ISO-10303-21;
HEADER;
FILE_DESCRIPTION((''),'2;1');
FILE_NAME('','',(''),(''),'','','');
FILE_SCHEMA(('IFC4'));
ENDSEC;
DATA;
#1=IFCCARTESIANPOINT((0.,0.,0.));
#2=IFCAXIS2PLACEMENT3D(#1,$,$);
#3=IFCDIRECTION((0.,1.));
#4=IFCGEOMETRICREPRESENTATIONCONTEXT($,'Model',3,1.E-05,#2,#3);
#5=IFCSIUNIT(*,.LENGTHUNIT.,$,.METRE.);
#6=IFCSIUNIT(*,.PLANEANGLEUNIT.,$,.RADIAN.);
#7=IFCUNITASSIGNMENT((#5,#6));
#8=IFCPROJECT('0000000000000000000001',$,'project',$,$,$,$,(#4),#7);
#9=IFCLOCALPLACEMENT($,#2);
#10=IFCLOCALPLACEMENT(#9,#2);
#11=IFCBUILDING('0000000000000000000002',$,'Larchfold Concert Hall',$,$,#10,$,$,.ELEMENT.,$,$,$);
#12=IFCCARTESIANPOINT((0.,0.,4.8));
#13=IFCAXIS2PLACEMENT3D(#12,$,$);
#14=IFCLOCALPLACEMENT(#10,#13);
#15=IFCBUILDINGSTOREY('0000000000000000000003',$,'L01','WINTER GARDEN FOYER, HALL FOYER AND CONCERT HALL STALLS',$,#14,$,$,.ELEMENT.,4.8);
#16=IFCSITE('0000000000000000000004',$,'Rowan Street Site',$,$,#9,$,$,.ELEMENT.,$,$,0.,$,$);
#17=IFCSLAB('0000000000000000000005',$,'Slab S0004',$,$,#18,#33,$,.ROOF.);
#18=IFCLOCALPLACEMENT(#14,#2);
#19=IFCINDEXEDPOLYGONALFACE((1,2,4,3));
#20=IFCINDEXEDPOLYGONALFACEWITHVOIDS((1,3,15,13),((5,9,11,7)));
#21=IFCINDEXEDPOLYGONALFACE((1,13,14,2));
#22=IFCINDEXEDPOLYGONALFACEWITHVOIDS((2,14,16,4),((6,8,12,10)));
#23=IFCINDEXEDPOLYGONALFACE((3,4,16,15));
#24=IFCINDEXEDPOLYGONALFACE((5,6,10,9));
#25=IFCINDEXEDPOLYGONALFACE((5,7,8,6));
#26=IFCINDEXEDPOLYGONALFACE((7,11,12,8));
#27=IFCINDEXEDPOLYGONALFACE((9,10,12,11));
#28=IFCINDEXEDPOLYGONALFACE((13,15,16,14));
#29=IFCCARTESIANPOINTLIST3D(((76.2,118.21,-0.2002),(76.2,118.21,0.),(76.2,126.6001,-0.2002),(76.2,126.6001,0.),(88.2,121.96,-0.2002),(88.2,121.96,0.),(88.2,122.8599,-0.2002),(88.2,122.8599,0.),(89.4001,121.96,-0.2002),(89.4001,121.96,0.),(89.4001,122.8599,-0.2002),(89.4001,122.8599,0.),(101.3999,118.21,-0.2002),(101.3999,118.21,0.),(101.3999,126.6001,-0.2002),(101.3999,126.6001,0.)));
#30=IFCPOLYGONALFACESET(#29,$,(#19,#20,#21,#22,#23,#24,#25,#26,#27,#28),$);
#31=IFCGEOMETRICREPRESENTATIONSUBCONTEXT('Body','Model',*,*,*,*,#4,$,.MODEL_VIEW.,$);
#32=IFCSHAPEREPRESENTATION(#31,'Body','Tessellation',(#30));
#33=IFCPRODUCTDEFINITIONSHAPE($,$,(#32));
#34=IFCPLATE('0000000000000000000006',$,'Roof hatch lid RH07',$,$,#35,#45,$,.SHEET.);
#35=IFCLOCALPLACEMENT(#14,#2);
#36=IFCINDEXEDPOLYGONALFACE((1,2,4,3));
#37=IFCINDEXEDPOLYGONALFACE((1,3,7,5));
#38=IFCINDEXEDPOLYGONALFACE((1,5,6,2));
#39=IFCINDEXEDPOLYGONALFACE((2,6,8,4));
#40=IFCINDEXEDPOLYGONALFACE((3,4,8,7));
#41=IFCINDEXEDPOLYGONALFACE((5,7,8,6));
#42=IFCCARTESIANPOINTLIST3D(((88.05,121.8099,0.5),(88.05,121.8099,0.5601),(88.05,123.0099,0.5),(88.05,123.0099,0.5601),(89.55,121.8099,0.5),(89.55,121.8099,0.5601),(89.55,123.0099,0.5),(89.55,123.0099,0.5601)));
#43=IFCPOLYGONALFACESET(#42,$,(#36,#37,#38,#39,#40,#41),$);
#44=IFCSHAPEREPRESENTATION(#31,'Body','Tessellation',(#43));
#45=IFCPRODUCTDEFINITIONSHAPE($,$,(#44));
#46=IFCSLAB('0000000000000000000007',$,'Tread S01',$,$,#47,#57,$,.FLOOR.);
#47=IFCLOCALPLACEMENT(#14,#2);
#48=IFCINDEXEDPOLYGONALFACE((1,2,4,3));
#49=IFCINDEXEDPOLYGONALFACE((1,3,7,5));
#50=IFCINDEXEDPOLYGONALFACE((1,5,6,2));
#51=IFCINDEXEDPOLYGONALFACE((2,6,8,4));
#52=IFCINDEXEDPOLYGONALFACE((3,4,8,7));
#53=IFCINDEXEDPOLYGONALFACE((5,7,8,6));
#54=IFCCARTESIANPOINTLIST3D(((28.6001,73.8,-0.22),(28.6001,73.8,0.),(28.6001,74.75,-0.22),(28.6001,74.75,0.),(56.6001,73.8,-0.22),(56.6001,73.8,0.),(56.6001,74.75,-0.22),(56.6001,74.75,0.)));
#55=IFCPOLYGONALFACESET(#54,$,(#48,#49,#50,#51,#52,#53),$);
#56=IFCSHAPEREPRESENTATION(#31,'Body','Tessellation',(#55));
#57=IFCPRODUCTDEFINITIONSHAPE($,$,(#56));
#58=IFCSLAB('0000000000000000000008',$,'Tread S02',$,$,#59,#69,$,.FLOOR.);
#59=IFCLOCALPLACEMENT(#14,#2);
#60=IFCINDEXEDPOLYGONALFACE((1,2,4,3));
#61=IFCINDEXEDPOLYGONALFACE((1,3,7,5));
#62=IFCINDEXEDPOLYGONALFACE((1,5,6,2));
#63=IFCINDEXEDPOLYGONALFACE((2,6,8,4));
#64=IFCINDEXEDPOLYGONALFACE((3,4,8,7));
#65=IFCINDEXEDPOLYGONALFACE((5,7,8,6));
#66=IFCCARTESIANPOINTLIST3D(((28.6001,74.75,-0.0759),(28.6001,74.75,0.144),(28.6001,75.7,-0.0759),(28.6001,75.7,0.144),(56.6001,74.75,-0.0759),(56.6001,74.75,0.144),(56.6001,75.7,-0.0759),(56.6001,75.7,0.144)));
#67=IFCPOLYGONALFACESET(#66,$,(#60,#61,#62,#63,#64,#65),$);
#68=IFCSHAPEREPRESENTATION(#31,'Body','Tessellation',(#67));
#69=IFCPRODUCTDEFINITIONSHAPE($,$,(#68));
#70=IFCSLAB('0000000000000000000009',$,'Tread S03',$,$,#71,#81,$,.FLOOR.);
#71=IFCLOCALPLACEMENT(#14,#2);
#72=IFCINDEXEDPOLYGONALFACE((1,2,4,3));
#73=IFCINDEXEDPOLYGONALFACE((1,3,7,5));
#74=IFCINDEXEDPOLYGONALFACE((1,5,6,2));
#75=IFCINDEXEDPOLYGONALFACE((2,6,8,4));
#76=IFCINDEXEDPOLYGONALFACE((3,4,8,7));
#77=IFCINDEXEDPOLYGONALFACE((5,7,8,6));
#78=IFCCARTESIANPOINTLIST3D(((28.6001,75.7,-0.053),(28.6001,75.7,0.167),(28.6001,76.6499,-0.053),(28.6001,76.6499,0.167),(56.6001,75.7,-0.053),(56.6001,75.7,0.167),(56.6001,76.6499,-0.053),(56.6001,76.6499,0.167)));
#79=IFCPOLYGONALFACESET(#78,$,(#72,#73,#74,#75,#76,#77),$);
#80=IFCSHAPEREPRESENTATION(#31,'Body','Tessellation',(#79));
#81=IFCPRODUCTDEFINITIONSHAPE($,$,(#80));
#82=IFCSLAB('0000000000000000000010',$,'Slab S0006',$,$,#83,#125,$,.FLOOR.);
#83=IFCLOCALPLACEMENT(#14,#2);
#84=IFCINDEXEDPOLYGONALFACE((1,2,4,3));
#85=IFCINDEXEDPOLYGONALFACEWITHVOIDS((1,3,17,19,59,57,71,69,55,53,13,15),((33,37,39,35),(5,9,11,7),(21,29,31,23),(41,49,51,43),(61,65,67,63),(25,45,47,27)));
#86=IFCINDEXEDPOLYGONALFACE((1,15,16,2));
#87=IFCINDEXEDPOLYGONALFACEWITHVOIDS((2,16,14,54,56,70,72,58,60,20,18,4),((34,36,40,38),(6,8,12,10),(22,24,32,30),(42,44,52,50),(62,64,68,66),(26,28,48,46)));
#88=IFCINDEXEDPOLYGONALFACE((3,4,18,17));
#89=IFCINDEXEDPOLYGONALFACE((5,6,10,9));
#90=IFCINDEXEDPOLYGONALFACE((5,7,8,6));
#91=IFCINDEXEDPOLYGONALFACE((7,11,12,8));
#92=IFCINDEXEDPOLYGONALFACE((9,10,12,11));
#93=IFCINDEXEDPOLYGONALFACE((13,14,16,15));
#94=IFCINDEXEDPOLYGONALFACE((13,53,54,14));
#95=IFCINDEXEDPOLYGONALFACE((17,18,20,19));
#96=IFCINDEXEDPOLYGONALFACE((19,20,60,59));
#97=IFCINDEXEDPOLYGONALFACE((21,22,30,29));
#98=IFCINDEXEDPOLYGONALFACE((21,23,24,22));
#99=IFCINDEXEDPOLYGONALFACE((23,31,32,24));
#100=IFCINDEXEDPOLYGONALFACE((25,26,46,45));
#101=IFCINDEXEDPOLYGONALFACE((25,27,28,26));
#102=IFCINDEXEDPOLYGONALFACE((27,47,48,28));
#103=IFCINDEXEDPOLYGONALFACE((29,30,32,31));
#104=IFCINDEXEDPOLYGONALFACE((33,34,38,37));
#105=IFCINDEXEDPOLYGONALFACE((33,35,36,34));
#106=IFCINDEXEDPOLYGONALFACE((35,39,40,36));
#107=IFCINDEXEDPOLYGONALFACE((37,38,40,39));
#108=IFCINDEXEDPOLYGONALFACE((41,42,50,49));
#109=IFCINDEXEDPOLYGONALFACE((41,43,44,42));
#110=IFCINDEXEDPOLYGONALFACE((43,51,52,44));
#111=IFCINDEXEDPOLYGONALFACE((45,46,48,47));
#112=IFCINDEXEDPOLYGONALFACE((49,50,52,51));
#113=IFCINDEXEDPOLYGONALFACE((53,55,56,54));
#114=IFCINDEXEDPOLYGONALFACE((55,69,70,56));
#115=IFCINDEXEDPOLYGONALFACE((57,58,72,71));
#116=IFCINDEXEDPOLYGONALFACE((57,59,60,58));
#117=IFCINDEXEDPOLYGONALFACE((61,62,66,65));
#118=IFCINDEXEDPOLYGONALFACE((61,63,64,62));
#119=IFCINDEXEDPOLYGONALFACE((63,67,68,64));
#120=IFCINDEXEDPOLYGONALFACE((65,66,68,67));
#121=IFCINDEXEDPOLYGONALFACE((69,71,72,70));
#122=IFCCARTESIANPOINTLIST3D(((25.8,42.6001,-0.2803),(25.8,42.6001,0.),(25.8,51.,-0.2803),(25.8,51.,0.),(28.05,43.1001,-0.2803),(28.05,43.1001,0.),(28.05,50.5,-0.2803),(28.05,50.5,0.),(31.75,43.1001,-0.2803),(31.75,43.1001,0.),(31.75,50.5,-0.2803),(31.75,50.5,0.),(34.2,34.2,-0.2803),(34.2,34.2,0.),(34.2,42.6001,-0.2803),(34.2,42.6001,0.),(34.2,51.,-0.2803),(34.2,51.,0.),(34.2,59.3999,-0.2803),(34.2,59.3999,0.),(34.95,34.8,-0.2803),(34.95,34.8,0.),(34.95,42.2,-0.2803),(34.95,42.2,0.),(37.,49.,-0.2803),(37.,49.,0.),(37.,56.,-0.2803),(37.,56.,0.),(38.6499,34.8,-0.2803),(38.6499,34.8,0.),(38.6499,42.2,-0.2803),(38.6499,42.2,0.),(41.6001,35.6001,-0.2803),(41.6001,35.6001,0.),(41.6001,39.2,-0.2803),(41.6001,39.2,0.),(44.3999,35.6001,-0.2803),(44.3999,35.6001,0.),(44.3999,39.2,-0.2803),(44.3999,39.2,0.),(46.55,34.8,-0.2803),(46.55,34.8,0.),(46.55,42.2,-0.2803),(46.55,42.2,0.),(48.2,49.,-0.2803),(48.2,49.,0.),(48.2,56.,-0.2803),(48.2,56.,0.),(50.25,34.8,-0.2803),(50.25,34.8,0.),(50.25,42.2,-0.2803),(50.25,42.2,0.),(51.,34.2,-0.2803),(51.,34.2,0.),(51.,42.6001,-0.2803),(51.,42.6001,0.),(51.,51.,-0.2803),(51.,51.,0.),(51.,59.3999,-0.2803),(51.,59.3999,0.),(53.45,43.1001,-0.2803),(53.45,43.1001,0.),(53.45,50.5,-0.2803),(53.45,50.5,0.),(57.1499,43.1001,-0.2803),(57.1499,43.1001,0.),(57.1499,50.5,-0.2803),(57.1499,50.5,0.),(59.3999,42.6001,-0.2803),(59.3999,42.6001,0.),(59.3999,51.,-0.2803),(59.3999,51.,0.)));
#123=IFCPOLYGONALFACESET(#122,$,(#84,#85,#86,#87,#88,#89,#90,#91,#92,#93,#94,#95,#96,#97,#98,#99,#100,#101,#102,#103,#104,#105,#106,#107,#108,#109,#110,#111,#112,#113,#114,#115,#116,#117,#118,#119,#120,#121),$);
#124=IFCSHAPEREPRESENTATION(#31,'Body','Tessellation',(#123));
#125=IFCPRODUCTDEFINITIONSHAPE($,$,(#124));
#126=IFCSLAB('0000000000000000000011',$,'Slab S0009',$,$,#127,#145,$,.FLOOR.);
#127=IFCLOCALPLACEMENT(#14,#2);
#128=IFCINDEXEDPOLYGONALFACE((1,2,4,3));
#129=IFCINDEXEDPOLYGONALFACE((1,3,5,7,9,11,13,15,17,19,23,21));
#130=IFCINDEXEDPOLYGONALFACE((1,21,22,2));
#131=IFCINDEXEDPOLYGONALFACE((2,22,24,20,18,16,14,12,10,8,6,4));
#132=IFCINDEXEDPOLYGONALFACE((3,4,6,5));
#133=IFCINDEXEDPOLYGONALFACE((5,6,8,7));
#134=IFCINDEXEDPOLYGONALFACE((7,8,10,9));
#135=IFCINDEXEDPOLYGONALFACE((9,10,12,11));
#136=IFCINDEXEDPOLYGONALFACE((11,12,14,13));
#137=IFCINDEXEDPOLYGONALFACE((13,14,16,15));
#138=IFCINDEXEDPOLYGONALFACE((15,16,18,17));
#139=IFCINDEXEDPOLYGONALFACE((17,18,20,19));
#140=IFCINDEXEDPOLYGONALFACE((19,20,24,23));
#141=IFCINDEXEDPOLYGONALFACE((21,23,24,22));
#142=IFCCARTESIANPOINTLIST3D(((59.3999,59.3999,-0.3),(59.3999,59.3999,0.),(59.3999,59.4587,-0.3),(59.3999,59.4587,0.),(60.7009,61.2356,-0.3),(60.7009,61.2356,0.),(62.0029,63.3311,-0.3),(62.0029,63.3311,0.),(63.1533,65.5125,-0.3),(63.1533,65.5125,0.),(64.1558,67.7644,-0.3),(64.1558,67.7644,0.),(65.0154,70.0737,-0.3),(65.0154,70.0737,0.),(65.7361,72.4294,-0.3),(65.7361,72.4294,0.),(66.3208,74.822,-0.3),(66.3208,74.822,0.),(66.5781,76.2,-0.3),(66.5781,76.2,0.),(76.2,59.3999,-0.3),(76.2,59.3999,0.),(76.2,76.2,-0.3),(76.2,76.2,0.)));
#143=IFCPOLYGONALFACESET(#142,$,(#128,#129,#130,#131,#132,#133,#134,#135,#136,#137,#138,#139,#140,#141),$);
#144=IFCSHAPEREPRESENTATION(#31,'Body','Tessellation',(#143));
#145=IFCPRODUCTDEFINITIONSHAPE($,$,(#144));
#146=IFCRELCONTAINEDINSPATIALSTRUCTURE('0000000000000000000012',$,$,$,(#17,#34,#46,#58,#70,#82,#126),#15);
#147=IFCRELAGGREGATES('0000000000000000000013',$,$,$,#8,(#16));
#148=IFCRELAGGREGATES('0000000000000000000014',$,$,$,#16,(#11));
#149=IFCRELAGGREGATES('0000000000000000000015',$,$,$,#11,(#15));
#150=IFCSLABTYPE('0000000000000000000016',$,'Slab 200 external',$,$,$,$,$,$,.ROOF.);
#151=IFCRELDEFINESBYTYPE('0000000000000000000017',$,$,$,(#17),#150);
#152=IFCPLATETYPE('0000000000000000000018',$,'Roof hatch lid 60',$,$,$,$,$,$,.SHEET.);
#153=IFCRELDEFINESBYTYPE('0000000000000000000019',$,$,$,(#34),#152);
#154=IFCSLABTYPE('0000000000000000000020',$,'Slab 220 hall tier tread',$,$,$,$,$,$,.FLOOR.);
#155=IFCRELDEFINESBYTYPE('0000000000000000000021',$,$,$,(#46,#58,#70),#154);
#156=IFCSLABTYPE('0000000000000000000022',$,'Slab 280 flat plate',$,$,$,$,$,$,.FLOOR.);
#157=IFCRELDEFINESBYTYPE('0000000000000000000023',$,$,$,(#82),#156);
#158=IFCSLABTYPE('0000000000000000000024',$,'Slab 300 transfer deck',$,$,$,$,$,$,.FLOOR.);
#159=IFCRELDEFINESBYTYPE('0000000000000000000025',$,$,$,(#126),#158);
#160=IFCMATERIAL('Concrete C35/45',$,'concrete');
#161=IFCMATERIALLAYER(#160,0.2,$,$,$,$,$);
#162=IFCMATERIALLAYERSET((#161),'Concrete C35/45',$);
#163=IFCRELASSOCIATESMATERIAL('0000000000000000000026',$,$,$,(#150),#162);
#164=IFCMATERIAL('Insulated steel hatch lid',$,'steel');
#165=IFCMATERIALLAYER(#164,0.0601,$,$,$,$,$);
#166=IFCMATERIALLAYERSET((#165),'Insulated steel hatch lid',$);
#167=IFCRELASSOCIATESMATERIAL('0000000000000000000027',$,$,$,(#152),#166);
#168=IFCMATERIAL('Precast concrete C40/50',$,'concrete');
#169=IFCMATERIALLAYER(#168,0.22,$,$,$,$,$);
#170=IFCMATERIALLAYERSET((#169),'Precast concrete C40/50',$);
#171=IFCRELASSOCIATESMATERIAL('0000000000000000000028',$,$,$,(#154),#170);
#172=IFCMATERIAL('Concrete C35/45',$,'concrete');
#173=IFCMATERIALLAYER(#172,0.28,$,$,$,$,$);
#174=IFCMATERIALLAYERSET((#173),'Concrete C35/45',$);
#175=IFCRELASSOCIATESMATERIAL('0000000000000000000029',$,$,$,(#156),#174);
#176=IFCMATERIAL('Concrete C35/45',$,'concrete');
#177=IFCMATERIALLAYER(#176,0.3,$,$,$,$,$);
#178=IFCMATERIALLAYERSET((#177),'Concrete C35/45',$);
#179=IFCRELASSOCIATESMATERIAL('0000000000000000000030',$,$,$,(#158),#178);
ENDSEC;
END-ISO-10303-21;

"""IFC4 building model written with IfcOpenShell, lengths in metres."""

from ifc_helpers import new_model, si_unit, direction, frame, origin, origin_2d, place, context, subcontext, project, spatial, polyline, rectangle, outline, extrude, material, layer, layer_set, type_object, element, fill, save


model = new_model("IFC4")

# Units and contexts
model_context = context("Model", 3, precision=1e-05, world=origin(), true_north=direction((0.0, 1.0)))
body_context = subcontext(model_context, "Body", "Model", "MODEL_VIEW")
ifc_project = project(units=[si_unit("LENGTHUNIT", "METRE"), si_unit("PLANEANGLEUNIT", "RADIAN")], contexts=[model_context])

# Site, building, storey
site_placement = place(None, origin())
site = spatial("IfcSite", under=ifc_project, at=site_placement, Name="Rowan Street Site", CompositionType="ELEMENT", RefElevation=0.0)
building_placement = place(site_placement, origin())
building = spatial("IfcBuilding", under=site, at=building_placement, Name="Larchfold Concert Hall", CompositionType="ELEMENT")
storey_placement = place(building_placement, frame((0.0, 0.0, 4.8)))
storey = spatial("IfcBuildingStorey", under=building, at=storey_placement, Name="L01", Description="WINTER GARDEN FOYER, HALL FOYER AND CONCERT HALL STALLS", CompositionType="ELEMENT", Elevation=4.8)

# Slab, opening, plate
ifc_material_1 = material(Name="Concrete C35/45", Category="concrete")
ifc_layer_1 = layer(ifc_material_1, 0.2)
ifc_layer_set_1 = layer_set([ifc_layer_1], Name="Concrete C35/45")
slab_type_1 = type_object("IfcSlabType", Name="Slab 200 external", PredefinedType="ROOF", material=ifc_layer_set_1)
slab_1_placement = place(storey_placement, frame((0.0, 0.0, -0.2002)))
slab_1 = element("IfcSlab", 1, at=slab_1_placement, inside=storey, type_object=slab_type_1, Name="Slab S0004", PredefinedType="ROOF", context=body_context, shape_type="SweptSolid", body=[
    extrude(outline(polyline([(76.2, 126.6001), (76.2, 118.21), (101.3999, 118.21), (101.3999, 126.6001), (76.2, 126.6001)])), origin(), (0.0, 0.0, 1.0), 0.2002),
])
opening_placement = place(storey_placement, frame((0.0, 0.0, -0.2102)))
opening = element("IfcOpeningElement", 2, at=opening_placement, cuts=slab_1, PredefinedType="OPENING", context=body_context, shape_type="SweptSolid", body=[
    extrude(outline(polyline([(89.4001, 121.96), (89.4001, 122.8599), (88.2, 122.8599), (88.2, 121.96), (89.4001, 121.96)])), origin(), (0.0, 0.0, 1.0), 0.2202),
])
ifc_material_2 = material(Name="Insulated steel hatch lid", Category="steel")
ifc_layer_2 = layer(ifc_material_2, 0.0601)
ifc_layer_set_2 = layer_set([ifc_layer_2], Name="Insulated steel hatch lid")
plate_type = type_object("IfcPlateType", Name="Roof hatch lid 60", PredefinedType="SHEET", material=ifc_layer_set_2)
plate_placement = place(storey_placement, frame((88.8, 122.4099, 0.5), z_axis=(0.0, 0.0, 1.0), x_axis=(1.0, 0.0, 0.0)))
plate = element("IfcPlate", 3, at=plate_placement, inside=storey, type_object=plate_type, Name="Roof hatch lid RH07", PredefinedType="SHEET", context=body_context, shape_type="SweptSolid", body=[
    extrude(rectangle(XDim=1.5, YDim=1.2, at=origin_2d()), origin(), (0.0, 0.0, 1.0), 0.0601),
])
fill(opening, plate)

# Slabs
ifc_material_3 = material(Name="Precast concrete C40/50", Category="concrete")
ifc_layer_3 = layer(ifc_material_3, 0.22)
ifc_layer_set_3 = layer_set([ifc_layer_3], Name="Precast concrete C40/50")
slab_type_2 = type_object("IfcSlabType", Name="Slab 220 hall tier tread", PredefinedType="FLOOR", material=ifc_layer_set_3)
slab_2_placement = place(storey_placement, frame((0.0, 0.0, -0.22)))
element("IfcSlab", 4, at=slab_2_placement, inside=storey, type_object=slab_type_2, Name="Tread S01", PredefinedType="FLOOR", context=body_context, shape_type="SweptSolid", body=[
    extrude(outline(polyline([(56.6001, 74.75), (28.6001, 74.75), (28.6001, 73.8), (56.6001, 73.8), (56.6001, 74.75)])), origin(), (0.0, 0.0, 1.0), 0.22),
])
slab_3_placement = place(storey_placement, frame((0.0, 0.0, -0.0759)))
element("IfcSlab", 5, at=slab_3_placement, inside=storey, type_object=slab_type_2, Name="Tread S02", PredefinedType="FLOOR", context=body_context, shape_type="SweptSolid", body=[
    extrude(outline(polyline([(56.6001, 75.7), (28.6001, 75.7), (28.6001, 74.75), (56.6001, 74.75), (56.6001, 75.7)])), origin(), (0.0, 0.0, 1.0), 0.22),
])
slab_4_placement = place(storey_placement, frame((0.0, 0.0, -0.053)))
element("IfcSlab", 6, at=slab_4_placement, inside=storey, type_object=slab_type_2, Name="Tread S03", PredefinedType="FLOOR", context=body_context, shape_type="SweptSolid", body=[
    extrude(outline(polyline([(56.6001, 76.6499), (28.6001, 76.6499), (28.6001, 75.7), (56.6001, 75.7), (56.6001, 76.6499)])), origin(), (0.0, 0.0, 1.0), 0.22),
])
ifc_material_4 = material(Name="Concrete C35/45", Category="concrete")
ifc_layer_4 = layer(ifc_material_4, 0.28)
ifc_layer_set_4 = layer_set([ifc_layer_4], Name="Concrete C35/45")
slab_type_3 = type_object("IfcSlabType", Name="Slab 280 flat plate", PredefinedType="FLOOR", material=ifc_layer_set_4)
slab_5_placement = place(storey_placement, frame((0.0, 0.0, -0.2803)))
element("IfcSlab", 7, at=slab_5_placement, inside=storey, type_object=slab_type_3, Name="Slab S0006", PredefinedType="FLOOR", context=body_context, shape_type="SweptSolid", body=[
    extrude(outline(polyline([(51.0, 34.2), (51.0, 42.6001), (59.3999, 42.6001), (59.3999, 51.0), (51.0, 51.0), (51.0, 59.3999), (34.2, 59.3999), (34.2, 51.0), (25.8, 51.0), (25.8, 42.6001), (34.2, 42.6001), (34.2, 34.2), (51.0, 34.2)]), holes=[polyline([(41.6001, 35.6001), (41.6001, 39.2), (44.3999, 39.2), (44.3999, 35.6001), (41.6001, 35.6001)]), polyline([(34.95, 42.2), (38.6499, 42.2), (38.6499, 34.8), (34.95, 34.8), (34.95, 42.2)]), polyline([(46.55, 42.2), (50.25, 42.2), (50.25, 34.8), (46.55, 34.8), (46.55, 42.2)]), polyline([(28.05, 43.1001), (28.05, 50.5), (31.75, 50.5), (31.75, 43.1001), (28.05, 43.1001)]), polyline([(53.45, 50.5), (57.1499, 50.5), (57.1499, 43.1001), (53.45, 43.1001), (53.45, 50.5)]), polyline([(37.0, 56.0), (48.2, 56.0), (48.2, 49.0), (37.0, 49.0), (37.0, 56.0)])]), origin(), (0.0, 0.0, 1.0), 0.2803),
])
ifc_material_5 = material(Name="Concrete C35/45", Category="concrete")
ifc_layer_5 = layer(ifc_material_5, 0.3)
ifc_layer_set_5 = layer_set([ifc_layer_5], Name="Concrete C35/45")
slab_type_4 = type_object("IfcSlabType", Name="Slab 300 transfer deck", PredefinedType="FLOOR", material=ifc_layer_set_5)
slab_6_placement = place(storey_placement, frame((0.0, 0.0, -0.3)))
element("IfcSlab", 8, at=slab_6_placement, inside=storey, type_object=slab_type_4, Name="Slab S0009", PredefinedType="FLOOR", context=body_context, shape_type="SweptSolid", body=[
    extrude(outline(polyline([(76.2, 76.2), (66.5781, 76.2), (66.3208, 74.822), (65.7361, 72.4294), (65.0154, 70.0737), (64.1558, 67.7644), (63.1533, 65.5125), (62.0029, 63.3311), (60.7009, 61.2356), (59.3999, 59.4587), (59.3999, 59.3999), (76.2, 59.3999), (76.2, 76.2)])), origin(), (0.0, 0.0, 1.0), 0.3),
])

save(model, "model.ifc")
